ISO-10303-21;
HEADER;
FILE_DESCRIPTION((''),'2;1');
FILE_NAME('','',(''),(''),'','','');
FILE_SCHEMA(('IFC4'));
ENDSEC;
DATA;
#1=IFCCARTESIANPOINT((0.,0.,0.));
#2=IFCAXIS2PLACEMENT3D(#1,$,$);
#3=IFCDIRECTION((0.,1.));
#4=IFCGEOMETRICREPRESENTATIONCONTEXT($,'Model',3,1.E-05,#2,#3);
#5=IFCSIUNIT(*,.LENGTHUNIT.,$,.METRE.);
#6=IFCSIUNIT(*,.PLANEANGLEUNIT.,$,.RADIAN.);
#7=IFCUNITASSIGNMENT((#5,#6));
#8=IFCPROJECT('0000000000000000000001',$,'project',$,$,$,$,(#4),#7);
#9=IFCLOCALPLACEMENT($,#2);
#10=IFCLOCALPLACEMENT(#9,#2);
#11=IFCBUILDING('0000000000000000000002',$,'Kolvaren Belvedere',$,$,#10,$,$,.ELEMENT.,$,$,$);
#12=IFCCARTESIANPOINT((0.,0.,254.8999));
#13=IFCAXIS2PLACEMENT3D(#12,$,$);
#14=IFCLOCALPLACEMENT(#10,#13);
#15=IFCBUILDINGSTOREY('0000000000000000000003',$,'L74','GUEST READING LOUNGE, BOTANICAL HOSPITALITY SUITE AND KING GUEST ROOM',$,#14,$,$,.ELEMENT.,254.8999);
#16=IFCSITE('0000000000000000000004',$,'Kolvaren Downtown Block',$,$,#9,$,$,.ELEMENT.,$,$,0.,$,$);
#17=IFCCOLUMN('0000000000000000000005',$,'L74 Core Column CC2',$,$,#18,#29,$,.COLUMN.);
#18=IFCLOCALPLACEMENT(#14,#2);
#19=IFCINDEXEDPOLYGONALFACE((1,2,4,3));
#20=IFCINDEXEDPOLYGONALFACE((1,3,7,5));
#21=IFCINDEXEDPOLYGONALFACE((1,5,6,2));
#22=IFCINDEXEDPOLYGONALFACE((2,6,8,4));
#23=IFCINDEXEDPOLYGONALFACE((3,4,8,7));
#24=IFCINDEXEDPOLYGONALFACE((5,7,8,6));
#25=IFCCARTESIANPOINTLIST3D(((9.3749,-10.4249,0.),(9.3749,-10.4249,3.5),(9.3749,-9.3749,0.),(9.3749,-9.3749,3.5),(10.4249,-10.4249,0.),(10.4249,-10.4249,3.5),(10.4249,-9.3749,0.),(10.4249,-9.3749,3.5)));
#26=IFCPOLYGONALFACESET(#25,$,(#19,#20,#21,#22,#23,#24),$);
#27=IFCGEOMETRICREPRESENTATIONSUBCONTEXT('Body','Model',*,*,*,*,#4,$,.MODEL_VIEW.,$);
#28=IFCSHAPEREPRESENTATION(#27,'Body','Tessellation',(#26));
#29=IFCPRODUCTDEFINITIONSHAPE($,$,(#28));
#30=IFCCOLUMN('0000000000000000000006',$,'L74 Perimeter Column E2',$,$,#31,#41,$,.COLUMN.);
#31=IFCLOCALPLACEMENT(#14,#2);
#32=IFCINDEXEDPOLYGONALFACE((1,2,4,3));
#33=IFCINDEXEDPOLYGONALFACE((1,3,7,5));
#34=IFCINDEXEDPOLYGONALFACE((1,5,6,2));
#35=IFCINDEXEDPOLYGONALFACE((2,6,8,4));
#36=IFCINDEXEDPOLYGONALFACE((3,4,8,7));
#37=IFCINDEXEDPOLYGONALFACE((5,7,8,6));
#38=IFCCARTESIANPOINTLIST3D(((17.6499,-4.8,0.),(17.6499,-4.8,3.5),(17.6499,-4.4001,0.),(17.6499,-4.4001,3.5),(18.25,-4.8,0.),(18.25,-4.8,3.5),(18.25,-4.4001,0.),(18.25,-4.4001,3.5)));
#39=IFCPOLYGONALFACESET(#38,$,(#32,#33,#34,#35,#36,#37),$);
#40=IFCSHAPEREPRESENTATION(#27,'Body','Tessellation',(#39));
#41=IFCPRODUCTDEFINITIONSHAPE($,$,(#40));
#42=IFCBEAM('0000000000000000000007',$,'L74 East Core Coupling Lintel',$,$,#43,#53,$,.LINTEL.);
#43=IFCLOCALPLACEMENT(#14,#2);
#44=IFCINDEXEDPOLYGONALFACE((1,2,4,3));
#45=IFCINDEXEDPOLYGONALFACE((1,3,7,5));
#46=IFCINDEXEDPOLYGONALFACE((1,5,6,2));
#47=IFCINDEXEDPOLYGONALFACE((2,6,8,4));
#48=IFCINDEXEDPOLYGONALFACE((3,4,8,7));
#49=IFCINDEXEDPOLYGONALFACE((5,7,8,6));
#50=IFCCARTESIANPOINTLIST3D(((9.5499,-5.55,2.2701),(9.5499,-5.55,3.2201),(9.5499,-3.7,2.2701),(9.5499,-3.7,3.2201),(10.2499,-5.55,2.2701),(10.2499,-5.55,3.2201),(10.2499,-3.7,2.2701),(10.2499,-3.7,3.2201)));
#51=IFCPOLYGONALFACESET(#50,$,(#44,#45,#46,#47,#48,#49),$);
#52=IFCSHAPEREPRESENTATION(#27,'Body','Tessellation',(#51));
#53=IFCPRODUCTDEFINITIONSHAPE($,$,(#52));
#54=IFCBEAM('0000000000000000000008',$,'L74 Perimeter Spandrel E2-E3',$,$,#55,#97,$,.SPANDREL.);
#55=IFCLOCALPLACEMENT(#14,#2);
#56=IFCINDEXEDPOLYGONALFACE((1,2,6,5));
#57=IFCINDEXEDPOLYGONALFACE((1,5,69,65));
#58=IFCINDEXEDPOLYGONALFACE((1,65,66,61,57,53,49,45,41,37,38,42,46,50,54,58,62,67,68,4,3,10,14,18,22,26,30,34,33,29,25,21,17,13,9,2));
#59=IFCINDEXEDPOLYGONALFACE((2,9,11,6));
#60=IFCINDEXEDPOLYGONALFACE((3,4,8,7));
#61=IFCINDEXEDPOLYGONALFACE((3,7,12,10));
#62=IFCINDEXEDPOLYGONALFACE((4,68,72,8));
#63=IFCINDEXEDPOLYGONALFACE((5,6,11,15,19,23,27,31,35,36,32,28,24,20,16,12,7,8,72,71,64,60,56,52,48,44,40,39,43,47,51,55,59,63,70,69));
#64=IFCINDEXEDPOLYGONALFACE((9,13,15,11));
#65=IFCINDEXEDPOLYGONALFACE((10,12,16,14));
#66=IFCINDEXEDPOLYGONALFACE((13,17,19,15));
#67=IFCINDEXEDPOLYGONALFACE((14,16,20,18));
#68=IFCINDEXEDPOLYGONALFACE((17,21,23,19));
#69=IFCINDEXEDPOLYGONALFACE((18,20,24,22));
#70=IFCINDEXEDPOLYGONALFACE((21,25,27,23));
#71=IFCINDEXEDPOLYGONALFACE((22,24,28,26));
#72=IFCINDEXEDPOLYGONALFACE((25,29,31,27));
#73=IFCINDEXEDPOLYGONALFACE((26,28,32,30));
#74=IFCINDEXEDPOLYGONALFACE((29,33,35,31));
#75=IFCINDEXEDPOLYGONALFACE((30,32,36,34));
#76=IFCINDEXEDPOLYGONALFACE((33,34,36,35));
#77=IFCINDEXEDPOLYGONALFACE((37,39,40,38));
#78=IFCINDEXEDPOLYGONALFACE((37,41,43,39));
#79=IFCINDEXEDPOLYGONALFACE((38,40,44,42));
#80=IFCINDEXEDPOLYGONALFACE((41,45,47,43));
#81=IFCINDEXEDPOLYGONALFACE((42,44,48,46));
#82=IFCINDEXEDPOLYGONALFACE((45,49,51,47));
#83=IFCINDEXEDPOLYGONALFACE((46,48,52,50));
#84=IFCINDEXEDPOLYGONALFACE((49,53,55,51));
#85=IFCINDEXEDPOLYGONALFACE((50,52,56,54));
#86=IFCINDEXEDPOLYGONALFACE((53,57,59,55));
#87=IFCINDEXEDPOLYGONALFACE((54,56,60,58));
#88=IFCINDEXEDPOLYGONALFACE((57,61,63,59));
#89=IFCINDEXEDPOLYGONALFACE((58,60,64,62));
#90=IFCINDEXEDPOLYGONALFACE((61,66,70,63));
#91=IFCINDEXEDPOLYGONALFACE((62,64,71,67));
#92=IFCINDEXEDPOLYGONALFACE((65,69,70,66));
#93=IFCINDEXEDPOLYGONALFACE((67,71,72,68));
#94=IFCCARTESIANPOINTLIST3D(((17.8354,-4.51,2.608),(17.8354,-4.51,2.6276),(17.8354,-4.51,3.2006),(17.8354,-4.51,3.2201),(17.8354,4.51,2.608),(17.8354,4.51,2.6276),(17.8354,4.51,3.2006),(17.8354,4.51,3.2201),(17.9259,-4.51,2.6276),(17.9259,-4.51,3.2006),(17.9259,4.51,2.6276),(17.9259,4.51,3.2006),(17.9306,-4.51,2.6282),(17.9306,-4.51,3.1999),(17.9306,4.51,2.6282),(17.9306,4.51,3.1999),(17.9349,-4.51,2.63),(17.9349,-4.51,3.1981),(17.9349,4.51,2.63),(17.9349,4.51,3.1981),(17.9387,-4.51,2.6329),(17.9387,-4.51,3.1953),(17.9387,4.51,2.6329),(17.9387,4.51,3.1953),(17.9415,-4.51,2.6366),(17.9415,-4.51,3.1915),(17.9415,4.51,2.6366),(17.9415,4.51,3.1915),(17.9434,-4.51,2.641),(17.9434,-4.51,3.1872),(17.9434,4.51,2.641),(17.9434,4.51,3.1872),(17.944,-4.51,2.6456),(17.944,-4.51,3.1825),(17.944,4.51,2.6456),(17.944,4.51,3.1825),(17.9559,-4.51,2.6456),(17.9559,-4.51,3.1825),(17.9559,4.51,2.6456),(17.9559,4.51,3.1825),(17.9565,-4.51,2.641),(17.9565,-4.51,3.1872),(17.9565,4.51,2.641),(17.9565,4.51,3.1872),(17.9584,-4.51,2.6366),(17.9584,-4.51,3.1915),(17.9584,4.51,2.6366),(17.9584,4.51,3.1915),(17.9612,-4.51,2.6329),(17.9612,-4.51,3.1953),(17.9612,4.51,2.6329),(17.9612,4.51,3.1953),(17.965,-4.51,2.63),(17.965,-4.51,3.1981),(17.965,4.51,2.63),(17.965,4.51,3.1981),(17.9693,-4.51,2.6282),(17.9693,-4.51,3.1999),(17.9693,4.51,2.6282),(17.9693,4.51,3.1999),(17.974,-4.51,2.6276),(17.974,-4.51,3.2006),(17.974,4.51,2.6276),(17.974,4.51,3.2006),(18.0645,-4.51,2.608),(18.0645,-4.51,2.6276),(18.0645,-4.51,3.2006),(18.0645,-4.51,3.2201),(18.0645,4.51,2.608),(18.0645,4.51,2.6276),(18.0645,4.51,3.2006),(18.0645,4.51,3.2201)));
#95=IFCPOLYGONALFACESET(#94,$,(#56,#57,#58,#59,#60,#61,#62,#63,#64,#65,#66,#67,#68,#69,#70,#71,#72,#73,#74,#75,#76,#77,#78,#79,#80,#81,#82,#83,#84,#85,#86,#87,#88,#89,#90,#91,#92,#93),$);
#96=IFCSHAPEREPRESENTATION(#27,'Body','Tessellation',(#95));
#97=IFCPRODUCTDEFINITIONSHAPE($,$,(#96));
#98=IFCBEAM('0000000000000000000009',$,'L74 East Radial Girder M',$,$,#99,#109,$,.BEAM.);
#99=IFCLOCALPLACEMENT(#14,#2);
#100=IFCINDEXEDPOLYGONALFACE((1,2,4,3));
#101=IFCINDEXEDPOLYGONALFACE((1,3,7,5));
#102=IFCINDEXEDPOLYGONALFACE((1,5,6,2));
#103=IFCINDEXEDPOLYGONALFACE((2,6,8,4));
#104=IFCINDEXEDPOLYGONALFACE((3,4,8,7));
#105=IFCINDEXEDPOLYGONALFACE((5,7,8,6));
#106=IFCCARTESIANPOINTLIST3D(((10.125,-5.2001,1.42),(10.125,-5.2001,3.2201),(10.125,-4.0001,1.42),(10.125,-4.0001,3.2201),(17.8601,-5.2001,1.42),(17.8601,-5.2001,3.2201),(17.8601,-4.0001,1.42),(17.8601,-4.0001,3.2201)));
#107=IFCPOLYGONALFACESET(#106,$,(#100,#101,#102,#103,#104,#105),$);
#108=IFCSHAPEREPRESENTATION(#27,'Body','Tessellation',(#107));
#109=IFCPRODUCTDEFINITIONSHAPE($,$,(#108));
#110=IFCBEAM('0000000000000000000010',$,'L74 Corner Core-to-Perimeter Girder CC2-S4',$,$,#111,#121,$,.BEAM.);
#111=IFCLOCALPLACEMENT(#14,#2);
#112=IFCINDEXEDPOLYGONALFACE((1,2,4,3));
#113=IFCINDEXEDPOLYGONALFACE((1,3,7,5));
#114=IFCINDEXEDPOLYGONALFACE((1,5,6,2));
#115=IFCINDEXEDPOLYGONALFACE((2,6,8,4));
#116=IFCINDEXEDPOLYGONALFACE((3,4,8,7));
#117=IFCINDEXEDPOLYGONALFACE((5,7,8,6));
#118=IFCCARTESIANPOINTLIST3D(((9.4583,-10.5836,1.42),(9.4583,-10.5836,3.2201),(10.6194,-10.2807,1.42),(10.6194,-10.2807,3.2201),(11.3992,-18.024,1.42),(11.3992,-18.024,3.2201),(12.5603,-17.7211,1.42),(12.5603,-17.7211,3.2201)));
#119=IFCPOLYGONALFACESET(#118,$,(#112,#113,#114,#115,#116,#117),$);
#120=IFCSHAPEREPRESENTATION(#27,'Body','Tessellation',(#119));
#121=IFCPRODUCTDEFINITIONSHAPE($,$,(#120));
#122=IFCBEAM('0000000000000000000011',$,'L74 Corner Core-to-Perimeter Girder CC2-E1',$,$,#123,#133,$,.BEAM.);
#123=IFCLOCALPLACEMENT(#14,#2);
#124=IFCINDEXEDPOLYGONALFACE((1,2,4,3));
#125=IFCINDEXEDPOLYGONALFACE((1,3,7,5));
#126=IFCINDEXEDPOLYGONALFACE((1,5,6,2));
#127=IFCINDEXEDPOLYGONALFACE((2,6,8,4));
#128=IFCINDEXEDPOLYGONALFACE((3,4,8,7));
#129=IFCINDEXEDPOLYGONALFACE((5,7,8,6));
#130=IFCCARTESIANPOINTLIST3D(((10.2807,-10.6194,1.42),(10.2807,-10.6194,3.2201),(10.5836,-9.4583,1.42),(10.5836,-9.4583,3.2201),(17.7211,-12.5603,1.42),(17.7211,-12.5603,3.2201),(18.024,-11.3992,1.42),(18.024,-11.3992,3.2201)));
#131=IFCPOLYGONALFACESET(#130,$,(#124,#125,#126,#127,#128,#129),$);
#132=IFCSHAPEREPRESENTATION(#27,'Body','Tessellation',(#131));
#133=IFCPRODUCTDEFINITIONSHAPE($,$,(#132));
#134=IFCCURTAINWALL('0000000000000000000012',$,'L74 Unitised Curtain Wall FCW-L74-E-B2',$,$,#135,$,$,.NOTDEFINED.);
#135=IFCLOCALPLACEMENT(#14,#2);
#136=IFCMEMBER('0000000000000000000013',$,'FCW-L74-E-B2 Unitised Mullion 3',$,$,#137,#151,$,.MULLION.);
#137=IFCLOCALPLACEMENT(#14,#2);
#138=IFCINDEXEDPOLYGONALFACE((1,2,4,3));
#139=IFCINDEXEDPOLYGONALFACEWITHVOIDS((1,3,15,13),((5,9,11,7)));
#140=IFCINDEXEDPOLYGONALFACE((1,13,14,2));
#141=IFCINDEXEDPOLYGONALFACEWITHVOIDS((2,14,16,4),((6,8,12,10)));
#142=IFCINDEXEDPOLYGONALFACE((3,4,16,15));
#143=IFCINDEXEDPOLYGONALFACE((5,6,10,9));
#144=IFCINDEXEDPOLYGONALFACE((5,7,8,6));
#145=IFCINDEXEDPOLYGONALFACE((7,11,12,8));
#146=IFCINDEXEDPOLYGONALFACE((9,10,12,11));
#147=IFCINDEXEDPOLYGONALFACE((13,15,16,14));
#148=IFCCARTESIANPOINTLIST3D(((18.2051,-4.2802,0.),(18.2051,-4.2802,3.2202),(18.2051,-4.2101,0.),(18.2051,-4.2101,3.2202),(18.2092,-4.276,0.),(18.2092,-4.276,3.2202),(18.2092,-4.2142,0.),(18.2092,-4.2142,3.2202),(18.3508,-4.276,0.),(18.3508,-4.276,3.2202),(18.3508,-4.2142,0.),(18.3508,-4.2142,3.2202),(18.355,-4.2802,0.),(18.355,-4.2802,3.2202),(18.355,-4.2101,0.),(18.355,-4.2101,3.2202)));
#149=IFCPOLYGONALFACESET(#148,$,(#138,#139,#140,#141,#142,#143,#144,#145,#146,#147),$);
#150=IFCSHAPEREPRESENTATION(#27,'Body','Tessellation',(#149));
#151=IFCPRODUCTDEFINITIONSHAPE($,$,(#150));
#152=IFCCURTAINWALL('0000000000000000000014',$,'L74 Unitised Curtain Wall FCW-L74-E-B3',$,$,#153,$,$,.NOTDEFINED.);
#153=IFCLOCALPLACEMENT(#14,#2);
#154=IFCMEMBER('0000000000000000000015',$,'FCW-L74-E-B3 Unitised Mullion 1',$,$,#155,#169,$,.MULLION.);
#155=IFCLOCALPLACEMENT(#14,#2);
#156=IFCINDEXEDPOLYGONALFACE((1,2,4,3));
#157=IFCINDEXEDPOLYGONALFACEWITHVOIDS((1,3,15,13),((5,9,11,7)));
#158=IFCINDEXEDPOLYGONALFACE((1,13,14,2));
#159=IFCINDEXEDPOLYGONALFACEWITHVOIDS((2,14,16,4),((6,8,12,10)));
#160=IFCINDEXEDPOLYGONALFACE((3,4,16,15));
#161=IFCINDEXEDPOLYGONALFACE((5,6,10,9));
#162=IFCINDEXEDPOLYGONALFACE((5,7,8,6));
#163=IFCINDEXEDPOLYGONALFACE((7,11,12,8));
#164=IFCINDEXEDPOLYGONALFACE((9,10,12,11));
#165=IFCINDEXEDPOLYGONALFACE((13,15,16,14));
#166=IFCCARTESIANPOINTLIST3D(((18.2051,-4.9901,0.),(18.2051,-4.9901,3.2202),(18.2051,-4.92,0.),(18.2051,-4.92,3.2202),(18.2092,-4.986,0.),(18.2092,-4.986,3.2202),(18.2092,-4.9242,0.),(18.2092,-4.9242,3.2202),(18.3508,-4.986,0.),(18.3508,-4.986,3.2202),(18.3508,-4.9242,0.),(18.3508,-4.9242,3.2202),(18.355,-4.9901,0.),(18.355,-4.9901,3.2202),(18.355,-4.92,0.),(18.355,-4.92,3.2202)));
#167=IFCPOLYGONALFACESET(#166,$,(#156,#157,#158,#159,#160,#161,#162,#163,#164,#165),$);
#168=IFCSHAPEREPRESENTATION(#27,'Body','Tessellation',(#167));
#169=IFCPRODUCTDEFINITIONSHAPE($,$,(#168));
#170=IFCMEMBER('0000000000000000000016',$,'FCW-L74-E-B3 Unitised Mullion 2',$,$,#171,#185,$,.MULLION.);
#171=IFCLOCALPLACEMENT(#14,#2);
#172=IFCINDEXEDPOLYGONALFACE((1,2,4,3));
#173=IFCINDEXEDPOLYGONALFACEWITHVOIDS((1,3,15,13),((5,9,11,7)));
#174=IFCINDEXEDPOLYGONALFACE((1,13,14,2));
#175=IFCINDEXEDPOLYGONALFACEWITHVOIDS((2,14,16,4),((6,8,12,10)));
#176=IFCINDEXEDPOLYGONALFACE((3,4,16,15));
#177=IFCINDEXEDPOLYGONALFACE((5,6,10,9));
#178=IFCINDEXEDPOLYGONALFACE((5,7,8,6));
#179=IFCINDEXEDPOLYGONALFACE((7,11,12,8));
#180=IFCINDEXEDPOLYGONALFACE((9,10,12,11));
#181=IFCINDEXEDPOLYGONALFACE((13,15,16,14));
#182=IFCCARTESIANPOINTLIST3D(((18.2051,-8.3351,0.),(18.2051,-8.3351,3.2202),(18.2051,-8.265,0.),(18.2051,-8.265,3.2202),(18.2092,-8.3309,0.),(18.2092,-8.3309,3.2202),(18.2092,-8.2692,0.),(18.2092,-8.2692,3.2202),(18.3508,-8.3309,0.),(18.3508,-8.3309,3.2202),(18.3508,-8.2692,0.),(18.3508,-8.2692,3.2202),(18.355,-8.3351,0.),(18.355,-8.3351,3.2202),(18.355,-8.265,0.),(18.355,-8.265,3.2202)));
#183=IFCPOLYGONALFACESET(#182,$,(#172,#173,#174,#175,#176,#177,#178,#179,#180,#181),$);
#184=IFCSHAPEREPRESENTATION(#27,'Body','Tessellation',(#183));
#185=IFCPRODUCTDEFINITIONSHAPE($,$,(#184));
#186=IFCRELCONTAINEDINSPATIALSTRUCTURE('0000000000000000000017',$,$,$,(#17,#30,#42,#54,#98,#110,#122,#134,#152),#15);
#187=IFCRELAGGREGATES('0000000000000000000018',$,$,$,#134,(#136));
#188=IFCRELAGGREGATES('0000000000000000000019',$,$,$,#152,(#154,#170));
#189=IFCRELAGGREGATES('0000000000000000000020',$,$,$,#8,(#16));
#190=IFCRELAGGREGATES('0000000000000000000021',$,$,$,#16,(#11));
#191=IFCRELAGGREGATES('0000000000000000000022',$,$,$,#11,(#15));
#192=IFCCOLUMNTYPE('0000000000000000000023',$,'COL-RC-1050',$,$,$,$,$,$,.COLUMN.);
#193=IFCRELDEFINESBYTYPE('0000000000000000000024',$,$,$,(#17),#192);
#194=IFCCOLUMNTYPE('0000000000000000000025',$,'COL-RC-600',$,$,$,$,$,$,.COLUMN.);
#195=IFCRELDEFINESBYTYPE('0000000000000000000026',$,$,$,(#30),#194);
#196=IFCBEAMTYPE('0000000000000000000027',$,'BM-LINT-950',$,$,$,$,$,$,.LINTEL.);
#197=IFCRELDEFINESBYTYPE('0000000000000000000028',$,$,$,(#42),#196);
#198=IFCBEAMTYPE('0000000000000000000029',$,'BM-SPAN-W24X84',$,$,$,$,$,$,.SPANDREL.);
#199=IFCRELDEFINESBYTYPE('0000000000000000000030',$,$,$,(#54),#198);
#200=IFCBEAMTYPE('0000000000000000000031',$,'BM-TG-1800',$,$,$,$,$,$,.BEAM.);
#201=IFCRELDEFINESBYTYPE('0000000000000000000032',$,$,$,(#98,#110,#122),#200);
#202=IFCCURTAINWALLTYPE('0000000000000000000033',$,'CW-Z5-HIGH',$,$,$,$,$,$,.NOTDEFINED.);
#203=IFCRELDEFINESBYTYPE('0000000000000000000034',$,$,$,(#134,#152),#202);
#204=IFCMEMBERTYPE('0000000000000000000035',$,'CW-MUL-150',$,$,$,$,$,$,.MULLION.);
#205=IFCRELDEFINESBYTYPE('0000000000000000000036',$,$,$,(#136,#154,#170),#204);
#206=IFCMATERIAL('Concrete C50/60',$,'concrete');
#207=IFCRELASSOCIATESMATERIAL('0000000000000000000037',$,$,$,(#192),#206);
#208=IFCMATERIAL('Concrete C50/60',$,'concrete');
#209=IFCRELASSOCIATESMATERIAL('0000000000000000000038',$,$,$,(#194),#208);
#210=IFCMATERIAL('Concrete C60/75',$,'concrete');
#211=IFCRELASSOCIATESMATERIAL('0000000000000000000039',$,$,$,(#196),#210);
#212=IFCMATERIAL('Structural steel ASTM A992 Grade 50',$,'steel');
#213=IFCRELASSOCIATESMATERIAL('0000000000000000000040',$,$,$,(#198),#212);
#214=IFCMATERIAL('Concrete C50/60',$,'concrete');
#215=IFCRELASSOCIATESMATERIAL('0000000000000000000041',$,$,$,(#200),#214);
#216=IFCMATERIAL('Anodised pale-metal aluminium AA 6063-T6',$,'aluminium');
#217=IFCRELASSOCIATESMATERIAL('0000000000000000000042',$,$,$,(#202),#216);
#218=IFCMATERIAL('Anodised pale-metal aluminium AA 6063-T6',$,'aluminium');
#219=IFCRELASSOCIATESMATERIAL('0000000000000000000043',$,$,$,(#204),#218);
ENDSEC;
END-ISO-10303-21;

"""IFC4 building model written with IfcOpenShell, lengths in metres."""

from ifc_helpers import new_model, si_unit, direction, frame, origin, origin_2d, place, context, subcontext, project, spatial, rectangle, hollow_rectangle, i_section, extrude, material, material_profile, profile_set, type_object, element, aggregate, save


model = new_model("IFC4")

# Units and contexts
model_context = context("Model", 3, precision=1e-05, world=origin(), true_north=direction((0.0, 1.0)))
body_context = subcontext(model_context, "Body", "Model", "MODEL_VIEW")
ifc_project = project(units=[si_unit("LENGTHUNIT", "METRE"), si_unit("PLANEANGLEUNIT", "RADIAN")], contexts=[model_context])

# Site, building, storey
site_placement = place(None, origin())
site = spatial("IfcSite", under=ifc_project, at=site_placement, Name="Kolvaren Downtown Block", CompositionType="ELEMENT", RefElevation=0.0)
building_placement = place(site_placement, origin())
building = spatial("IfcBuilding", under=site, at=building_placement, Name="Kolvaren Belvedere", CompositionType="ELEMENT")
storey_placement = place(building_placement, frame((0.0, 0.0, 254.8999)))
storey = spatial("IfcBuildingStorey", under=building, at=storey_placement, Name="L74", Description="GUEST READING LOUNGE, BOTANICAL HOSPITALITY SUITE AND KING GUEST ROOM", CompositionType="ELEMENT", Elevation=254.8999)

# Columns
ifc_material_1 = material(Name="Concrete C50/60", Category="concrete")
ifc_material_profile_1 = material_profile(ifc_material_1, rectangle(XDim=1.05, YDim=1.05, at=origin_2d()), Name="RC 1050X1050")
ifc_profile_set_1 = profile_set([ifc_material_profile_1], Name="Concrete C50/60")
column_type_1 = type_object("IfcColumnType", Name="COL-RC-1050", PredefinedType="COLUMN", material=ifc_profile_set_1)
column_1_placement = place(storey_placement, frame((9.8999, -9.8999, 0.0), z_axis=(0.0, 0.0, 1.0), x_axis=(1.0, 0.0, 0.0)))
element("IfcColumn", 1, at=column_1_placement, inside=storey, type_object=column_type_1, Name="L74 Core Column CC2", PredefinedType="COLUMN", context=body_context, shape_type="SweptSolid", body=[
    extrude(rectangle(XDim=1.05, YDim=1.05, at=origin_2d()), origin(), (0.0, 0.0, 1.0), 3.5),
])
ifc_material_2 = material(Name="Concrete C50/60", Category="concrete")
ifc_material_profile_2 = material_profile(ifc_material_2, rectangle(XDim=0.6001, YDim=0.3999, at=origin_2d()), Name="RC 600X400")
ifc_profile_set_2 = profile_set([ifc_material_profile_2], Name="Concrete C50/60")
column_type_2 = type_object("IfcColumnType", Name="COL-RC-600", PredefinedType="COLUMN", material=ifc_profile_set_2)
column_2_placement = place(storey_placement, frame((17.95, -4.6001, 0.0), z_axis=(0.0, 0.0, 1.0), x_axis=(1.0, 0.0, 0.0)))
element("IfcColumn", 2, at=column_2_placement, inside=storey, type_object=column_type_2, Name="L74 Perimeter Column E2", PredefinedType="COLUMN", context=body_context, shape_type="SweptSolid", body=[
    extrude(rectangle(XDim=0.6001, YDim=0.3999, at=origin_2d()), origin(), (0.0, 0.0, 1.0), 3.5),
])

# Beams
ifc_material_3 = material(Name="Concrete C60/75", Category="concrete")
ifc_material_profile_3 = material_profile(ifc_material_3, rectangle(XDim=0.7, YDim=0.95, at=origin_2d()), Name="RC 700X950")
ifc_profile_set_3 = profile_set([ifc_material_profile_3], Name="Concrete C60/75")
beam_type_1 = type_object("IfcBeamType", Name="BM-LINT-950", PredefinedType="LINTEL", material=ifc_profile_set_3)
beam_1_placement = place(storey_placement, frame((9.8999, -5.55, 2.7451), z_axis=(0.0, 1.0, 0.0), x_axis=(-1.0, 0.0, 0.0)))
element("IfcBeam", 3, at=beam_1_placement, inside=storey, type_object=beam_type_1, Name="L74 East Core Coupling Lintel", PredefinedType="LINTEL", context=body_context, shape_type="SweptSolid", body=[
    extrude(rectangle(XDim=0.7, YDim=0.95, at=origin_2d()), origin(), (0.0, 0.0, 1.0), 1.8501),
])
ifc_material_4 = material(Name="Structural steel ASTM A992 Grade 50", Category="steel")
ifc_material_profile_4 = material_profile(ifc_material_4, i_section(OverallWidth=0.229, OverallDepth=0.6121, WebThickness=0.012, FlangeThickness=0.0195, FilletRadius=0.0181, at=origin_2d()), Name="W24X84")
ifc_profile_set_4 = profile_set([ifc_material_profile_4], Name="Structural steel ASTM A992 Grade 50")
beam_type_2 = type_object("IfcBeamType", Name="BM-SPAN-W24X84", PredefinedType="SPANDREL", material=ifc_profile_set_4)
beam_2_placement = place(storey_placement, frame((17.95, -4.51, 2.9141), z_axis=(0.0, 1.0, 0.0), x_axis=(-1.0, 0.0, 0.0)))
element("IfcBeam", 4, at=beam_2_placement, inside=storey, type_object=beam_type_2, Name="L74 Perimeter Spandrel E2-E3", PredefinedType="SPANDREL", context=body_context, shape_type="SweptSolid", body=[
    extrude(i_section(OverallWidth=0.229, OverallDepth=0.6121, WebThickness=0.012, FlangeThickness=0.0195, FilletRadius=0.0181, at=origin_2d()), origin(), (0.0, 0.0, 1.0), 9.02),
])
ifc_material_5 = material(Name="Concrete C50/60", Category="concrete")
ifc_material_profile_5 = material_profile(ifc_material_5, rectangle(XDim=1.2, YDim=1.8, at=origin_2d()), Name="RC 1200X1800")
ifc_profile_set_5 = profile_set([ifc_material_profile_5], Name="Concrete C50/60")
beam_type_3 = type_object("IfcBeamType", Name="BM-TG-1800", PredefinedType="BEAM", material=ifc_profile_set_5)
beam_3_placement = place(storey_placement, frame((10.125, -4.6001, 2.3201), z_axis=(1.0, 0.0, 0.0), x_axis=(0.0, 1.0, 0.0)))
element("IfcBeam", 5, at=beam_3_placement, inside=storey, type_object=beam_type_3, Name="L74 East Radial Girder M", PredefinedType="BEAM", context=body_context, shape_type="SweptSolid", body=[
    extrude(rectangle(XDim=1.2, YDim=1.8, at=origin_2d()), origin(), (0.0, 0.0, 1.0), 7.7351),
])
for number, where, z_axis, x_axis, name in (
    (6, (10.0388, -10.4321, 2.3201), (0.252414, -0.967619, 0.0), (0.967619, 0.252414, 0.0), "L74 Corner Core-to-Perimeter Girder CC2-S4"),
    (7, (10.4321, -10.0388, 2.3201), (0.967619, -0.252414, 0.0), (0.252414, 0.967619, 0.0), "L74 Corner Core-to-Perimeter Girder CC2-E1"),
):
    element("IfcBeam", number, at=place(storey_placement, frame(where, z_axis=z_axis, x_axis=x_axis)), inside=storey, type_object=beam_type_3, Name=name, PredefinedType="BEAM", context=body_context, shape_type="SweptSolid", body=[
        extrude(rectangle(XDim=1.2, YDim=1.8, at=origin_2d()), origin(), (0.0, 0.0, 1.0), 7.6895),
    ])

# Curtain wall, member
ifc_material_6 = material(Name="Anodised pale-metal aluminium AA 6063-T6", Category="aluminium")
curtain_wall_type = type_object("IfcCurtainWallType", Name="CW-Z5-HIGH", PredefinedType="NOTDEFINED", material=ifc_material_6)
curtain_wall_1_placement = place(storey_placement, origin())
curtain_wall_1 = element("IfcCurtainWall", 8, at=curtain_wall_1_placement, inside=storey, type_object=curtain_wall_type, Name="L74 Unitised Curtain Wall FCW-L74-E-B2", PredefinedType="NOTDEFINED")
ifc_material_7 = material(Name="Anodised pale-metal aluminium AA 6063-T6", Category="aluminium")
ifc_material_profile_6 = material_profile(ifc_material_7, hollow_rectangle(XDim=0.0701, YDim=0.1499, WallThickness=0.0042, at=origin_2d()), Name="ALU-MUL-150X70")
ifc_profile_set_6 = profile_set([ifc_material_profile_6], Name="Anodised pale-metal aluminium AA 6063-T6")
member_type_1 = type_object("IfcMemberType", Name="CW-MUL-150", PredefinedType="MULLION", material=ifc_profile_set_6)
member_1_placement = place(storey_placement, frame((18.28, -4.2451, 0.0), z_axis=(0.0, 0.0, 1.0), x_axis=(0.0, 1.0, 0.0)))
member_1 = element("IfcMember", 9, at=member_1_placement, type_object=member_type_1, Name="FCW-L74-E-B2 Unitised Mullion 3", PredefinedType="MULLION", context=body_context, shape_type="SweptSolid", body=[
    extrude(hollow_rectangle(XDim=0.0701, YDim=0.1499, WallThickness=0.0042, at=origin_2d()), origin(), (0.0, 0.0, 1.0), 3.2202),
])
aggregate(curtain_wall_1, [member_1])

# Curtain wall, members
curtain_wall_2_placement = place(storey_placement, origin())
curtain_wall_2 = element("IfcCurtainWall", 10, at=curtain_wall_2_placement, inside=storey, type_object=curtain_wall_type, Name="L74 Unitised Curtain Wall FCW-L74-E-B3", PredefinedType="NOTDEFINED")
member_2_placement = place(storey_placement, frame((18.28, -4.9551, 0.0), z_axis=(0.0, 0.0, 1.0), x_axis=(0.0, 1.0, 0.0)))
member_2 = element("IfcMember", 11, at=member_2_placement, type_object=member_type_1, Name="FCW-L74-E-B3 Unitised Mullion 1", PredefinedType="MULLION", context=body_context, shape_type="SweptSolid", body=[
    extrude(hollow_rectangle(XDim=0.0701, YDim=0.1499, WallThickness=0.0042, at=origin_2d()), origin(), (0.0, 0.0, 1.0), 3.2202),
])
member_3_placement = place(storey_placement, frame((18.28, -8.3, 0.0), z_axis=(0.0, 0.0, 1.0), x_axis=(0.0, 1.0, 0.0)))
member_3 = element("IfcMember", 12, at=member_3_placement, type_object=member_type_1, Name="FCW-L74-E-B3 Unitised Mullion 2", PredefinedType="MULLION", context=body_context, shape_type="SweptSolid", body=[
    extrude(hollow_rectangle(XDim=0.0701, YDim=0.1499, WallThickness=0.0042, at=origin_2d()), origin(), (0.0, 0.0, 1.0), 3.2202),
])

aggregate(curtain_wall_2, [member_2, member_3])

save(model, "model.ifc")
